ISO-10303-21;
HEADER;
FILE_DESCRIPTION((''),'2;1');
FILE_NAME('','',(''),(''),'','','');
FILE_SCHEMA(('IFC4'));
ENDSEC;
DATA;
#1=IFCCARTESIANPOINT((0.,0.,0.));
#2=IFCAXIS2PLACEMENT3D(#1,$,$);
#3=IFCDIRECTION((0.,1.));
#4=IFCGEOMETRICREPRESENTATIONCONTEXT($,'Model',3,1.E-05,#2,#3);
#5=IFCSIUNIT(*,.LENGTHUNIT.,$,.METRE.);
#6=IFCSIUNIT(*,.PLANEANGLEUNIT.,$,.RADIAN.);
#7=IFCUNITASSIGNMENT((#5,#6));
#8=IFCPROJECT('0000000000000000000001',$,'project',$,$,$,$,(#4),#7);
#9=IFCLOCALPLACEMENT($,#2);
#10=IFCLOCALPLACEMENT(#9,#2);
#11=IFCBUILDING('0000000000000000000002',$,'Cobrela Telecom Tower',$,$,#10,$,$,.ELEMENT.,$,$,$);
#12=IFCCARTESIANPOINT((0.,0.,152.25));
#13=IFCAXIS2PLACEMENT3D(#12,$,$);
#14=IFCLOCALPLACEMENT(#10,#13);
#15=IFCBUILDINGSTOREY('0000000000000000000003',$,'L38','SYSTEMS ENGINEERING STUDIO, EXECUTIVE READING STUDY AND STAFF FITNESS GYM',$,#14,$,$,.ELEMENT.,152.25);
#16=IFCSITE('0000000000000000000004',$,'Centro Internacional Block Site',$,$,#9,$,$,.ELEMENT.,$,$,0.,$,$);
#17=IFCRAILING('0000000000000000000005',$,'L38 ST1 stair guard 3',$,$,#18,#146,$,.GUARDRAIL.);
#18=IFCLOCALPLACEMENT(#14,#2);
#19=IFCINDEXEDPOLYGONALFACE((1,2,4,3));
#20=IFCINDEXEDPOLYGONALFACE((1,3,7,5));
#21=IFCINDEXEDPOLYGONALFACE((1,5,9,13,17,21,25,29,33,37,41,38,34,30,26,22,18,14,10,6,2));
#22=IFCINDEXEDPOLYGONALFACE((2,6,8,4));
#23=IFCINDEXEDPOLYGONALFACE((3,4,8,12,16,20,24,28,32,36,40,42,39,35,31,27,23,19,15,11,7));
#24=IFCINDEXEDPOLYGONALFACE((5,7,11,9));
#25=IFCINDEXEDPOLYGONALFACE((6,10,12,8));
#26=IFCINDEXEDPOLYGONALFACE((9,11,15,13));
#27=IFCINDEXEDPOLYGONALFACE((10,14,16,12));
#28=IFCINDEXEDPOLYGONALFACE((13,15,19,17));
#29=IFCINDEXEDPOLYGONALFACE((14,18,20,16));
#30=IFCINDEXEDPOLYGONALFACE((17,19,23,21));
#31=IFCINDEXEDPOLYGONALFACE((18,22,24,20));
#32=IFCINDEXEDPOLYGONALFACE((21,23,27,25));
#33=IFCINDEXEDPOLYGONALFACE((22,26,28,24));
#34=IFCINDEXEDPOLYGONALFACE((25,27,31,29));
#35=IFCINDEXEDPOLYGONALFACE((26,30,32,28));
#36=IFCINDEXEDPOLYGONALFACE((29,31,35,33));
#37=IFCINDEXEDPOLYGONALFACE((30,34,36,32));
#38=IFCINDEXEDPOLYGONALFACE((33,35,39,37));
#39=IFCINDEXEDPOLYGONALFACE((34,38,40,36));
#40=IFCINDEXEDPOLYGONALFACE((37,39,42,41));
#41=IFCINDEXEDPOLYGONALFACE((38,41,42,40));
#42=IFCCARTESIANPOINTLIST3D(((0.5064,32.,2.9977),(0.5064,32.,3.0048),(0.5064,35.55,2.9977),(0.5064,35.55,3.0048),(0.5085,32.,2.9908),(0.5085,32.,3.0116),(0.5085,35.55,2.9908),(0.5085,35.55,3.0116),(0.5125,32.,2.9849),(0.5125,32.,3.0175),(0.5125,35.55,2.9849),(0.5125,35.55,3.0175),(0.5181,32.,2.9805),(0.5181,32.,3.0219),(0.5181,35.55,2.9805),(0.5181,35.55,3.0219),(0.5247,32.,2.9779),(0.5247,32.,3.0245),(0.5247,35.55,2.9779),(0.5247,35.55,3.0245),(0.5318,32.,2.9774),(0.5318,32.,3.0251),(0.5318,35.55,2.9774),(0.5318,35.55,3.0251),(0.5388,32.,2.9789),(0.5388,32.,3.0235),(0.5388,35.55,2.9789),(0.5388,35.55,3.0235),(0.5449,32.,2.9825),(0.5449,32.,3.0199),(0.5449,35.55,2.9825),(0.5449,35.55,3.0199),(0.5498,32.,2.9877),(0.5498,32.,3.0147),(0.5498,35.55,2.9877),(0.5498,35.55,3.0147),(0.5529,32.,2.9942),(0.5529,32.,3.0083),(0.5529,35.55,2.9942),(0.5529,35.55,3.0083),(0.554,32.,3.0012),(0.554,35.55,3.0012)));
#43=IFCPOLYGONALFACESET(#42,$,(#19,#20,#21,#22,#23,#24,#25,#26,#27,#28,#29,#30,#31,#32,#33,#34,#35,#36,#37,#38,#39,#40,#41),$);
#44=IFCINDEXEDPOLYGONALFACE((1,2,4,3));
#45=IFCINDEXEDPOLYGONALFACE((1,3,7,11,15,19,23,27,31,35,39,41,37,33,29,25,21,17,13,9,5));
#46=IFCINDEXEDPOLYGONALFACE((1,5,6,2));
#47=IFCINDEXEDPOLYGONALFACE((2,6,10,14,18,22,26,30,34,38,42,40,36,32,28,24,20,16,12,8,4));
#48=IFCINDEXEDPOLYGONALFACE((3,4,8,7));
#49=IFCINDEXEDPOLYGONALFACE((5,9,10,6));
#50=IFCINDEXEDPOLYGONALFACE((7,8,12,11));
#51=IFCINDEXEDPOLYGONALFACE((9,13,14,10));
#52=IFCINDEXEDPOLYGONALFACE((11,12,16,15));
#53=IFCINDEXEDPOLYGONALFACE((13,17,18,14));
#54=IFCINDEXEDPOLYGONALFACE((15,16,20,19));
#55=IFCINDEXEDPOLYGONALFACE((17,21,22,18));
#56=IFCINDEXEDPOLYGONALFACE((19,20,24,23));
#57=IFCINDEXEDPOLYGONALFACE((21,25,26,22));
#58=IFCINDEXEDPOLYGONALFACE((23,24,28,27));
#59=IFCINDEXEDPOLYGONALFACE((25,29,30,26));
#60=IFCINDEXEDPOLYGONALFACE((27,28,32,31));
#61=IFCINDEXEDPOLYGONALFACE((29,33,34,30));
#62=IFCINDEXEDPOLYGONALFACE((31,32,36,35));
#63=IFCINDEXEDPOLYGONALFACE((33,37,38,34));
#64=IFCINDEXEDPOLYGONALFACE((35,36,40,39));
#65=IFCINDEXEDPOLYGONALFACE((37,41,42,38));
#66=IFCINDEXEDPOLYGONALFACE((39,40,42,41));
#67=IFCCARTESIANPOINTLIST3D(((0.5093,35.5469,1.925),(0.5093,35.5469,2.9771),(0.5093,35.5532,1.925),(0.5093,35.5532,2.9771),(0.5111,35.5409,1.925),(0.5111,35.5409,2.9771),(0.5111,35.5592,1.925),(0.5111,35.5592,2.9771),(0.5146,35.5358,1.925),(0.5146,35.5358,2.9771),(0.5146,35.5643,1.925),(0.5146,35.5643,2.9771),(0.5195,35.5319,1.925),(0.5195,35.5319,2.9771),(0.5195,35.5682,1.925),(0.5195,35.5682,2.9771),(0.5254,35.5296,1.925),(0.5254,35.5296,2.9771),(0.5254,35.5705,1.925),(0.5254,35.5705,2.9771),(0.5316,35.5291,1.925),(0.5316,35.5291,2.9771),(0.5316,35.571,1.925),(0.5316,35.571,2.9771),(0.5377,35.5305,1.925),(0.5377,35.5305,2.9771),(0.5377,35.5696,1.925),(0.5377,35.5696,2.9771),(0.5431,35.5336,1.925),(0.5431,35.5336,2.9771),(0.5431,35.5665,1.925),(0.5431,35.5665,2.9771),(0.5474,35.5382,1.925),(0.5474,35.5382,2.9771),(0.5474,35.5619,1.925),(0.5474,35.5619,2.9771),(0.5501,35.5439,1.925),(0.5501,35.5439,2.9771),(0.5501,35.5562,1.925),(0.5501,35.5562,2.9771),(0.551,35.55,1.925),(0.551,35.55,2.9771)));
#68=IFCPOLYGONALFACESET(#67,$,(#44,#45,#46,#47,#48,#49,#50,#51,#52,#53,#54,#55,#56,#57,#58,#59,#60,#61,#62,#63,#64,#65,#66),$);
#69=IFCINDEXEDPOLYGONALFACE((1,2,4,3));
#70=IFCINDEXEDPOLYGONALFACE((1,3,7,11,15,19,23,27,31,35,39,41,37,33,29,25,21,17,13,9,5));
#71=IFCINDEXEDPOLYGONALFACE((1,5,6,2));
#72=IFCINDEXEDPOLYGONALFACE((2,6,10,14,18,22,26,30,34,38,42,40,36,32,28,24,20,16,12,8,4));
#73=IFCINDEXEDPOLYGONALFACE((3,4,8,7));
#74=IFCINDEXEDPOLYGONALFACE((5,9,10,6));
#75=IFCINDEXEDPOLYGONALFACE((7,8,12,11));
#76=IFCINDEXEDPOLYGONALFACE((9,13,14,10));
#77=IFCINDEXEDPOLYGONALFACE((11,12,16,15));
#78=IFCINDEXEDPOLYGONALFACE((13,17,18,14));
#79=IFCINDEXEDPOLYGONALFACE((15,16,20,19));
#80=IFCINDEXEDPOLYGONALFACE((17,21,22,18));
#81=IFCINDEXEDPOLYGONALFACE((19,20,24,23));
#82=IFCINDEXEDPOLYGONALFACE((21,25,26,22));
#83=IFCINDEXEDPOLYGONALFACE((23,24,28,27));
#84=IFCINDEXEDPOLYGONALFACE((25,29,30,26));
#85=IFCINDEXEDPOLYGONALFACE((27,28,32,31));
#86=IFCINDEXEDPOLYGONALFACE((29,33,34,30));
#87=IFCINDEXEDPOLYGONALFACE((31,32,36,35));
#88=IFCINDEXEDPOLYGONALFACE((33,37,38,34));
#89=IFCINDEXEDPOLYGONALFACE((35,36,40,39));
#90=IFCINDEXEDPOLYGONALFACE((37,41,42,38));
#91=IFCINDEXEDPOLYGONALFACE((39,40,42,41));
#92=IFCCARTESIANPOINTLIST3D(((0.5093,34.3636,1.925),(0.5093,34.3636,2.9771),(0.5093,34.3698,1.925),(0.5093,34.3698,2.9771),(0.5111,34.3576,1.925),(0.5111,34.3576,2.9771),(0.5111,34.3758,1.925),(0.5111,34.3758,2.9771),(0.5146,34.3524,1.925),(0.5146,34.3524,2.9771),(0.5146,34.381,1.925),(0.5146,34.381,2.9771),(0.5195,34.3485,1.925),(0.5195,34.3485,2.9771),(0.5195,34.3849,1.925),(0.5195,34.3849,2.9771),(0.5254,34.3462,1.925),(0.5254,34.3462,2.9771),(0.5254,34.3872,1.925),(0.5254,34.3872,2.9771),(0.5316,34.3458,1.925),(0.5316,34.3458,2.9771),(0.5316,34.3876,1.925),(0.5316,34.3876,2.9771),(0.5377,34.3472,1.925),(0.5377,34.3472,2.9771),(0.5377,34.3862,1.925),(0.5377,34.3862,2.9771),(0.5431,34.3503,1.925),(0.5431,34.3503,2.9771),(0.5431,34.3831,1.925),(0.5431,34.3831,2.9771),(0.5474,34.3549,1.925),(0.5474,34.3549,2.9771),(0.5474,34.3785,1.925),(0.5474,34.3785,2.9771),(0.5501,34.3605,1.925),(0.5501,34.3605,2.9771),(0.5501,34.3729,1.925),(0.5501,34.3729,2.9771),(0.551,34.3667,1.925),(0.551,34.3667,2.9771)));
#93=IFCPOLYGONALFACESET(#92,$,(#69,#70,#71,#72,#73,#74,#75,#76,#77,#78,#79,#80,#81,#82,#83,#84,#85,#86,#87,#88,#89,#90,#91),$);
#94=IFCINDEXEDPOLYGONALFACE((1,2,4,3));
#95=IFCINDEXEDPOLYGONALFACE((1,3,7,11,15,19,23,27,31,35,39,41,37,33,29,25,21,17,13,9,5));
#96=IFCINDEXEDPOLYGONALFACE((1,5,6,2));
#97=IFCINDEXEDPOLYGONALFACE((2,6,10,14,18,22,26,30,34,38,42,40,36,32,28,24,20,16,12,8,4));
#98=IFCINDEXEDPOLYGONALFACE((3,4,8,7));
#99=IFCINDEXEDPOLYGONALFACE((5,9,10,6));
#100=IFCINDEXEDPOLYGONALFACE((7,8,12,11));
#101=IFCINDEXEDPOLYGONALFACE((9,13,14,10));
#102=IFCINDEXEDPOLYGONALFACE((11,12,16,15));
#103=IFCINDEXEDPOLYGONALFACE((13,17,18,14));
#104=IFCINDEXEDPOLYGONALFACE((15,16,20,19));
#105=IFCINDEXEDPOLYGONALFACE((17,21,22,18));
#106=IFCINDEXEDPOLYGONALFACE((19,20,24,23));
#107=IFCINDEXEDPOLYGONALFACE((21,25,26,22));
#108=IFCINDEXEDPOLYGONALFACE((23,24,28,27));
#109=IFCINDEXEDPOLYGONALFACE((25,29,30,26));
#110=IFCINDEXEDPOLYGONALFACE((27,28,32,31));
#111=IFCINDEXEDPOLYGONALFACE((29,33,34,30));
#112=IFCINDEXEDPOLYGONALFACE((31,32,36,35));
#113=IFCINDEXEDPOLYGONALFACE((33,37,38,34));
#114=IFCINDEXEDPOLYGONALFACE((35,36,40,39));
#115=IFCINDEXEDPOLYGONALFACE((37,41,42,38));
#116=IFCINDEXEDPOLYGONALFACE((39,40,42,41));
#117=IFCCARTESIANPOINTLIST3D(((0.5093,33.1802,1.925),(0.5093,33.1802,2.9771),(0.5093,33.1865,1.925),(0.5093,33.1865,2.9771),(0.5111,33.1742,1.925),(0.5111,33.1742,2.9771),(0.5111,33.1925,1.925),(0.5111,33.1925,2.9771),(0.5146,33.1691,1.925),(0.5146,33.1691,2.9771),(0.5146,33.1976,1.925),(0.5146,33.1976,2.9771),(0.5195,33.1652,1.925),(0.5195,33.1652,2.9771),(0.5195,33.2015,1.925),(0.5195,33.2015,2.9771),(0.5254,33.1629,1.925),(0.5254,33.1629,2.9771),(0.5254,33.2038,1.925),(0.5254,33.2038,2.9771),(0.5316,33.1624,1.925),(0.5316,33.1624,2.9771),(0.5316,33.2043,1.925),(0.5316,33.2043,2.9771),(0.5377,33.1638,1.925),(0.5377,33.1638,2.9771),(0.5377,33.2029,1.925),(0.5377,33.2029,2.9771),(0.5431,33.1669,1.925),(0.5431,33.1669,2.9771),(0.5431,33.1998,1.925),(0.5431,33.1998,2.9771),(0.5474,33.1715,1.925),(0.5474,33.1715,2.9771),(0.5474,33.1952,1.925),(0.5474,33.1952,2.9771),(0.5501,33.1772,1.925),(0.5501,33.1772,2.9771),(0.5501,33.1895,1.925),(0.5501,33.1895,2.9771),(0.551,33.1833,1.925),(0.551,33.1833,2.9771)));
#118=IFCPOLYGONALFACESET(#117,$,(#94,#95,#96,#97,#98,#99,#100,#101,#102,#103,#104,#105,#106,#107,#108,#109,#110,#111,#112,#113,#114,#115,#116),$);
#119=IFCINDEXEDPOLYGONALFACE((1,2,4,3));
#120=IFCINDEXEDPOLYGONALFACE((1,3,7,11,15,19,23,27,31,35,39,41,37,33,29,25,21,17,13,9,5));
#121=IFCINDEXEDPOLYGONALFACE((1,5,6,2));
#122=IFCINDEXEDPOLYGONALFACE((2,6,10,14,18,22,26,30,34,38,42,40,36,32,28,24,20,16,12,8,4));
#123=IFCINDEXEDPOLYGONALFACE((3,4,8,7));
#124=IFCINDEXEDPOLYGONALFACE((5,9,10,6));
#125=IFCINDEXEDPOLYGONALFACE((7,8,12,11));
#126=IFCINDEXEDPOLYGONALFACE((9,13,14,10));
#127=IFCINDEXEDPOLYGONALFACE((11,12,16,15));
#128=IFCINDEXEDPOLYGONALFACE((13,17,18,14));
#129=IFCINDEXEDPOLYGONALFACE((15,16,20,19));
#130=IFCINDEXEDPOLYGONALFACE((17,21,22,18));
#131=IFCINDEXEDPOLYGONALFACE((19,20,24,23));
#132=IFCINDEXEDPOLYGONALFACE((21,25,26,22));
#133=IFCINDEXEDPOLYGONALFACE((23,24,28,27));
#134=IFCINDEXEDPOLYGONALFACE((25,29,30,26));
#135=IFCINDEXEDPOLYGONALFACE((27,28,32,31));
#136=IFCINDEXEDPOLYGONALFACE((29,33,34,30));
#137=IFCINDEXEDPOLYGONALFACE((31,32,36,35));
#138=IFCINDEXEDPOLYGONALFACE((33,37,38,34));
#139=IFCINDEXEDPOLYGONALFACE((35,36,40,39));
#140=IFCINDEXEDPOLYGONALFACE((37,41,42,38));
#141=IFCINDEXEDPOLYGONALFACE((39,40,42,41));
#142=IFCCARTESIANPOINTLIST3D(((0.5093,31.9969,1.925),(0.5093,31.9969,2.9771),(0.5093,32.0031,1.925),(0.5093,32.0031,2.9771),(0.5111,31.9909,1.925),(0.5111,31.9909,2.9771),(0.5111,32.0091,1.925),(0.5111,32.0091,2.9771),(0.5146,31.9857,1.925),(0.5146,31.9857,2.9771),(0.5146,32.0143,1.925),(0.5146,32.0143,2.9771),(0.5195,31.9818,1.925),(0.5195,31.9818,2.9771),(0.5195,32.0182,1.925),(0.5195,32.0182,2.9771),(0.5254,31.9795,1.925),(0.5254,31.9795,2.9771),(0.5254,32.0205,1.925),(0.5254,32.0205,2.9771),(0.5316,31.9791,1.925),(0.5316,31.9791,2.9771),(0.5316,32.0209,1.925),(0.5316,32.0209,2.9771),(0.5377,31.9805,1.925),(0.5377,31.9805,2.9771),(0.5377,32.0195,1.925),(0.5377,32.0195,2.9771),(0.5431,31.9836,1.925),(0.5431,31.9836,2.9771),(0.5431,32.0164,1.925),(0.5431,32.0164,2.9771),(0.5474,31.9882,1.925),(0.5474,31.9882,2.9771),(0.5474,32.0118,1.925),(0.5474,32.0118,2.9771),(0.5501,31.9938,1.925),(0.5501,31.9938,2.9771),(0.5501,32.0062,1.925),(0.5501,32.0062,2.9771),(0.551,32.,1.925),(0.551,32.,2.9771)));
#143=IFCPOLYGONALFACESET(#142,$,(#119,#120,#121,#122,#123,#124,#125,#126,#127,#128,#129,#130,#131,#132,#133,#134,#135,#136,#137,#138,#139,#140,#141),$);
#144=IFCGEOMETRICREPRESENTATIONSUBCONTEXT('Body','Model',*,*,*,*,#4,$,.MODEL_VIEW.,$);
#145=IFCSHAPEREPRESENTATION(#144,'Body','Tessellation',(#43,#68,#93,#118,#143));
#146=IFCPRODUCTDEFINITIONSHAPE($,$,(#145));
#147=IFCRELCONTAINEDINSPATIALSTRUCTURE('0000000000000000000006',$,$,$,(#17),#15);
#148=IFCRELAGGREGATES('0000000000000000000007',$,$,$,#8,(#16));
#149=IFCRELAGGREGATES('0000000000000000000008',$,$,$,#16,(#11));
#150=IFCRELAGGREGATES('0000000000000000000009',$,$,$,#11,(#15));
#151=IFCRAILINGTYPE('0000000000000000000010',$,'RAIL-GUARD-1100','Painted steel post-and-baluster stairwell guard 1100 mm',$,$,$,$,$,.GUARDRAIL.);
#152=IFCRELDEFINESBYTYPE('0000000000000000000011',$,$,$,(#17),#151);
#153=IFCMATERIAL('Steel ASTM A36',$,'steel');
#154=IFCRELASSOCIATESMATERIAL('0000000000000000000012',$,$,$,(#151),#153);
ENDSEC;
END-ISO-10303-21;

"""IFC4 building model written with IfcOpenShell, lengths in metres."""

from ifc_helpers import new_model, si_unit, direction, frame, origin, origin_2d, place, context, subcontext, project, spatial, circle, extrude, material, type_object, element, save


model = new_model("IFC4")

# Units and contexts
model_context = context("Model", 3, precision=1e-05, world=origin(), true_north=direction((0.0, 1.0)))
body_context = subcontext(model_context, "Body", "Model", "MODEL_VIEW")
ifc_project = project(units=[si_unit("LENGTHUNIT", "METRE"), si_unit("PLANEANGLEUNIT", "RADIAN")], contexts=[model_context])

# Site, building, storey
site_placement = place(None, origin())
site = spatial("IfcSite", under=ifc_project, at=site_placement, Name="Centro Internacional Block Site", CompositionType="ELEMENT", RefElevation=0.0)
building_placement = place(site_placement, origin())
building = spatial("IfcBuilding", under=site, at=building_placement, Name="Cobrela Telecom Tower", CompositionType="ELEMENT")
storey_placement = place(building_placement, frame((0.0, 0.0, 152.25)))
storey = spatial("IfcBuildingStorey", under=building, at=storey_placement, Name="L38", Description="SYSTEMS ENGINEERING STUDIO, EXECUTIVE READING STUDY AND STAFF FITNESS GYM", CompositionType="ELEMENT", Elevation=152.25)

# Shared definitions
ifc_material_1 = material(Name="Steel ASTM A36", Category="steel")

# Railing
railing_type_1 = type_object("IfcRailingType", Name="RAIL-GUARD-1100", Description="Painted steel post-and-baluster stairwell guard 1100 mm", PredefinedType="GUARDRAIL", material=ifc_material_1)
railing_1_placement = place(storey_placement, frame((0.53, 35.55, 1.925)))
element("IfcRailing", 1, at=railing_1_placement, inside=storey, type_object=railing_type_1, Name="L38 ST1 stair guard 3", PredefinedType="GUARDRAIL", context=body_context, shape_type="SweptSolid", body=[
    extrude(circle(Radius=0.0239, at=origin_2d()), frame((0.0, 0.0, 1.0762), z_axis=(0.0, -1.0, 0.0), x_axis=(1.0, 0.0, 0.0)), (0.0, 0.0, 1.0), 3.55),
    extrude(circle(Radius=0.021, at=origin_2d()), origin(), (0.0, 0.0, 1.0), 1.052),
    extrude(circle(Radius=0.021, at=origin_2d()), frame((0.0, -1.1833, 0.0)), (0.0, 0.0, 1.0), 1.052),
    extrude(circle(Radius=0.021, at=origin_2d()), frame((0.0, -2.3667, 0.0)), (0.0, 0.0, 1.0), 1.052),
    extrude(circle(Radius=0.021, at=origin_2d()), frame((0.0, -3.55, 0.0)), (0.0, 0.0, 1.0), 1.052),
])

save(model, "model.ifc")
